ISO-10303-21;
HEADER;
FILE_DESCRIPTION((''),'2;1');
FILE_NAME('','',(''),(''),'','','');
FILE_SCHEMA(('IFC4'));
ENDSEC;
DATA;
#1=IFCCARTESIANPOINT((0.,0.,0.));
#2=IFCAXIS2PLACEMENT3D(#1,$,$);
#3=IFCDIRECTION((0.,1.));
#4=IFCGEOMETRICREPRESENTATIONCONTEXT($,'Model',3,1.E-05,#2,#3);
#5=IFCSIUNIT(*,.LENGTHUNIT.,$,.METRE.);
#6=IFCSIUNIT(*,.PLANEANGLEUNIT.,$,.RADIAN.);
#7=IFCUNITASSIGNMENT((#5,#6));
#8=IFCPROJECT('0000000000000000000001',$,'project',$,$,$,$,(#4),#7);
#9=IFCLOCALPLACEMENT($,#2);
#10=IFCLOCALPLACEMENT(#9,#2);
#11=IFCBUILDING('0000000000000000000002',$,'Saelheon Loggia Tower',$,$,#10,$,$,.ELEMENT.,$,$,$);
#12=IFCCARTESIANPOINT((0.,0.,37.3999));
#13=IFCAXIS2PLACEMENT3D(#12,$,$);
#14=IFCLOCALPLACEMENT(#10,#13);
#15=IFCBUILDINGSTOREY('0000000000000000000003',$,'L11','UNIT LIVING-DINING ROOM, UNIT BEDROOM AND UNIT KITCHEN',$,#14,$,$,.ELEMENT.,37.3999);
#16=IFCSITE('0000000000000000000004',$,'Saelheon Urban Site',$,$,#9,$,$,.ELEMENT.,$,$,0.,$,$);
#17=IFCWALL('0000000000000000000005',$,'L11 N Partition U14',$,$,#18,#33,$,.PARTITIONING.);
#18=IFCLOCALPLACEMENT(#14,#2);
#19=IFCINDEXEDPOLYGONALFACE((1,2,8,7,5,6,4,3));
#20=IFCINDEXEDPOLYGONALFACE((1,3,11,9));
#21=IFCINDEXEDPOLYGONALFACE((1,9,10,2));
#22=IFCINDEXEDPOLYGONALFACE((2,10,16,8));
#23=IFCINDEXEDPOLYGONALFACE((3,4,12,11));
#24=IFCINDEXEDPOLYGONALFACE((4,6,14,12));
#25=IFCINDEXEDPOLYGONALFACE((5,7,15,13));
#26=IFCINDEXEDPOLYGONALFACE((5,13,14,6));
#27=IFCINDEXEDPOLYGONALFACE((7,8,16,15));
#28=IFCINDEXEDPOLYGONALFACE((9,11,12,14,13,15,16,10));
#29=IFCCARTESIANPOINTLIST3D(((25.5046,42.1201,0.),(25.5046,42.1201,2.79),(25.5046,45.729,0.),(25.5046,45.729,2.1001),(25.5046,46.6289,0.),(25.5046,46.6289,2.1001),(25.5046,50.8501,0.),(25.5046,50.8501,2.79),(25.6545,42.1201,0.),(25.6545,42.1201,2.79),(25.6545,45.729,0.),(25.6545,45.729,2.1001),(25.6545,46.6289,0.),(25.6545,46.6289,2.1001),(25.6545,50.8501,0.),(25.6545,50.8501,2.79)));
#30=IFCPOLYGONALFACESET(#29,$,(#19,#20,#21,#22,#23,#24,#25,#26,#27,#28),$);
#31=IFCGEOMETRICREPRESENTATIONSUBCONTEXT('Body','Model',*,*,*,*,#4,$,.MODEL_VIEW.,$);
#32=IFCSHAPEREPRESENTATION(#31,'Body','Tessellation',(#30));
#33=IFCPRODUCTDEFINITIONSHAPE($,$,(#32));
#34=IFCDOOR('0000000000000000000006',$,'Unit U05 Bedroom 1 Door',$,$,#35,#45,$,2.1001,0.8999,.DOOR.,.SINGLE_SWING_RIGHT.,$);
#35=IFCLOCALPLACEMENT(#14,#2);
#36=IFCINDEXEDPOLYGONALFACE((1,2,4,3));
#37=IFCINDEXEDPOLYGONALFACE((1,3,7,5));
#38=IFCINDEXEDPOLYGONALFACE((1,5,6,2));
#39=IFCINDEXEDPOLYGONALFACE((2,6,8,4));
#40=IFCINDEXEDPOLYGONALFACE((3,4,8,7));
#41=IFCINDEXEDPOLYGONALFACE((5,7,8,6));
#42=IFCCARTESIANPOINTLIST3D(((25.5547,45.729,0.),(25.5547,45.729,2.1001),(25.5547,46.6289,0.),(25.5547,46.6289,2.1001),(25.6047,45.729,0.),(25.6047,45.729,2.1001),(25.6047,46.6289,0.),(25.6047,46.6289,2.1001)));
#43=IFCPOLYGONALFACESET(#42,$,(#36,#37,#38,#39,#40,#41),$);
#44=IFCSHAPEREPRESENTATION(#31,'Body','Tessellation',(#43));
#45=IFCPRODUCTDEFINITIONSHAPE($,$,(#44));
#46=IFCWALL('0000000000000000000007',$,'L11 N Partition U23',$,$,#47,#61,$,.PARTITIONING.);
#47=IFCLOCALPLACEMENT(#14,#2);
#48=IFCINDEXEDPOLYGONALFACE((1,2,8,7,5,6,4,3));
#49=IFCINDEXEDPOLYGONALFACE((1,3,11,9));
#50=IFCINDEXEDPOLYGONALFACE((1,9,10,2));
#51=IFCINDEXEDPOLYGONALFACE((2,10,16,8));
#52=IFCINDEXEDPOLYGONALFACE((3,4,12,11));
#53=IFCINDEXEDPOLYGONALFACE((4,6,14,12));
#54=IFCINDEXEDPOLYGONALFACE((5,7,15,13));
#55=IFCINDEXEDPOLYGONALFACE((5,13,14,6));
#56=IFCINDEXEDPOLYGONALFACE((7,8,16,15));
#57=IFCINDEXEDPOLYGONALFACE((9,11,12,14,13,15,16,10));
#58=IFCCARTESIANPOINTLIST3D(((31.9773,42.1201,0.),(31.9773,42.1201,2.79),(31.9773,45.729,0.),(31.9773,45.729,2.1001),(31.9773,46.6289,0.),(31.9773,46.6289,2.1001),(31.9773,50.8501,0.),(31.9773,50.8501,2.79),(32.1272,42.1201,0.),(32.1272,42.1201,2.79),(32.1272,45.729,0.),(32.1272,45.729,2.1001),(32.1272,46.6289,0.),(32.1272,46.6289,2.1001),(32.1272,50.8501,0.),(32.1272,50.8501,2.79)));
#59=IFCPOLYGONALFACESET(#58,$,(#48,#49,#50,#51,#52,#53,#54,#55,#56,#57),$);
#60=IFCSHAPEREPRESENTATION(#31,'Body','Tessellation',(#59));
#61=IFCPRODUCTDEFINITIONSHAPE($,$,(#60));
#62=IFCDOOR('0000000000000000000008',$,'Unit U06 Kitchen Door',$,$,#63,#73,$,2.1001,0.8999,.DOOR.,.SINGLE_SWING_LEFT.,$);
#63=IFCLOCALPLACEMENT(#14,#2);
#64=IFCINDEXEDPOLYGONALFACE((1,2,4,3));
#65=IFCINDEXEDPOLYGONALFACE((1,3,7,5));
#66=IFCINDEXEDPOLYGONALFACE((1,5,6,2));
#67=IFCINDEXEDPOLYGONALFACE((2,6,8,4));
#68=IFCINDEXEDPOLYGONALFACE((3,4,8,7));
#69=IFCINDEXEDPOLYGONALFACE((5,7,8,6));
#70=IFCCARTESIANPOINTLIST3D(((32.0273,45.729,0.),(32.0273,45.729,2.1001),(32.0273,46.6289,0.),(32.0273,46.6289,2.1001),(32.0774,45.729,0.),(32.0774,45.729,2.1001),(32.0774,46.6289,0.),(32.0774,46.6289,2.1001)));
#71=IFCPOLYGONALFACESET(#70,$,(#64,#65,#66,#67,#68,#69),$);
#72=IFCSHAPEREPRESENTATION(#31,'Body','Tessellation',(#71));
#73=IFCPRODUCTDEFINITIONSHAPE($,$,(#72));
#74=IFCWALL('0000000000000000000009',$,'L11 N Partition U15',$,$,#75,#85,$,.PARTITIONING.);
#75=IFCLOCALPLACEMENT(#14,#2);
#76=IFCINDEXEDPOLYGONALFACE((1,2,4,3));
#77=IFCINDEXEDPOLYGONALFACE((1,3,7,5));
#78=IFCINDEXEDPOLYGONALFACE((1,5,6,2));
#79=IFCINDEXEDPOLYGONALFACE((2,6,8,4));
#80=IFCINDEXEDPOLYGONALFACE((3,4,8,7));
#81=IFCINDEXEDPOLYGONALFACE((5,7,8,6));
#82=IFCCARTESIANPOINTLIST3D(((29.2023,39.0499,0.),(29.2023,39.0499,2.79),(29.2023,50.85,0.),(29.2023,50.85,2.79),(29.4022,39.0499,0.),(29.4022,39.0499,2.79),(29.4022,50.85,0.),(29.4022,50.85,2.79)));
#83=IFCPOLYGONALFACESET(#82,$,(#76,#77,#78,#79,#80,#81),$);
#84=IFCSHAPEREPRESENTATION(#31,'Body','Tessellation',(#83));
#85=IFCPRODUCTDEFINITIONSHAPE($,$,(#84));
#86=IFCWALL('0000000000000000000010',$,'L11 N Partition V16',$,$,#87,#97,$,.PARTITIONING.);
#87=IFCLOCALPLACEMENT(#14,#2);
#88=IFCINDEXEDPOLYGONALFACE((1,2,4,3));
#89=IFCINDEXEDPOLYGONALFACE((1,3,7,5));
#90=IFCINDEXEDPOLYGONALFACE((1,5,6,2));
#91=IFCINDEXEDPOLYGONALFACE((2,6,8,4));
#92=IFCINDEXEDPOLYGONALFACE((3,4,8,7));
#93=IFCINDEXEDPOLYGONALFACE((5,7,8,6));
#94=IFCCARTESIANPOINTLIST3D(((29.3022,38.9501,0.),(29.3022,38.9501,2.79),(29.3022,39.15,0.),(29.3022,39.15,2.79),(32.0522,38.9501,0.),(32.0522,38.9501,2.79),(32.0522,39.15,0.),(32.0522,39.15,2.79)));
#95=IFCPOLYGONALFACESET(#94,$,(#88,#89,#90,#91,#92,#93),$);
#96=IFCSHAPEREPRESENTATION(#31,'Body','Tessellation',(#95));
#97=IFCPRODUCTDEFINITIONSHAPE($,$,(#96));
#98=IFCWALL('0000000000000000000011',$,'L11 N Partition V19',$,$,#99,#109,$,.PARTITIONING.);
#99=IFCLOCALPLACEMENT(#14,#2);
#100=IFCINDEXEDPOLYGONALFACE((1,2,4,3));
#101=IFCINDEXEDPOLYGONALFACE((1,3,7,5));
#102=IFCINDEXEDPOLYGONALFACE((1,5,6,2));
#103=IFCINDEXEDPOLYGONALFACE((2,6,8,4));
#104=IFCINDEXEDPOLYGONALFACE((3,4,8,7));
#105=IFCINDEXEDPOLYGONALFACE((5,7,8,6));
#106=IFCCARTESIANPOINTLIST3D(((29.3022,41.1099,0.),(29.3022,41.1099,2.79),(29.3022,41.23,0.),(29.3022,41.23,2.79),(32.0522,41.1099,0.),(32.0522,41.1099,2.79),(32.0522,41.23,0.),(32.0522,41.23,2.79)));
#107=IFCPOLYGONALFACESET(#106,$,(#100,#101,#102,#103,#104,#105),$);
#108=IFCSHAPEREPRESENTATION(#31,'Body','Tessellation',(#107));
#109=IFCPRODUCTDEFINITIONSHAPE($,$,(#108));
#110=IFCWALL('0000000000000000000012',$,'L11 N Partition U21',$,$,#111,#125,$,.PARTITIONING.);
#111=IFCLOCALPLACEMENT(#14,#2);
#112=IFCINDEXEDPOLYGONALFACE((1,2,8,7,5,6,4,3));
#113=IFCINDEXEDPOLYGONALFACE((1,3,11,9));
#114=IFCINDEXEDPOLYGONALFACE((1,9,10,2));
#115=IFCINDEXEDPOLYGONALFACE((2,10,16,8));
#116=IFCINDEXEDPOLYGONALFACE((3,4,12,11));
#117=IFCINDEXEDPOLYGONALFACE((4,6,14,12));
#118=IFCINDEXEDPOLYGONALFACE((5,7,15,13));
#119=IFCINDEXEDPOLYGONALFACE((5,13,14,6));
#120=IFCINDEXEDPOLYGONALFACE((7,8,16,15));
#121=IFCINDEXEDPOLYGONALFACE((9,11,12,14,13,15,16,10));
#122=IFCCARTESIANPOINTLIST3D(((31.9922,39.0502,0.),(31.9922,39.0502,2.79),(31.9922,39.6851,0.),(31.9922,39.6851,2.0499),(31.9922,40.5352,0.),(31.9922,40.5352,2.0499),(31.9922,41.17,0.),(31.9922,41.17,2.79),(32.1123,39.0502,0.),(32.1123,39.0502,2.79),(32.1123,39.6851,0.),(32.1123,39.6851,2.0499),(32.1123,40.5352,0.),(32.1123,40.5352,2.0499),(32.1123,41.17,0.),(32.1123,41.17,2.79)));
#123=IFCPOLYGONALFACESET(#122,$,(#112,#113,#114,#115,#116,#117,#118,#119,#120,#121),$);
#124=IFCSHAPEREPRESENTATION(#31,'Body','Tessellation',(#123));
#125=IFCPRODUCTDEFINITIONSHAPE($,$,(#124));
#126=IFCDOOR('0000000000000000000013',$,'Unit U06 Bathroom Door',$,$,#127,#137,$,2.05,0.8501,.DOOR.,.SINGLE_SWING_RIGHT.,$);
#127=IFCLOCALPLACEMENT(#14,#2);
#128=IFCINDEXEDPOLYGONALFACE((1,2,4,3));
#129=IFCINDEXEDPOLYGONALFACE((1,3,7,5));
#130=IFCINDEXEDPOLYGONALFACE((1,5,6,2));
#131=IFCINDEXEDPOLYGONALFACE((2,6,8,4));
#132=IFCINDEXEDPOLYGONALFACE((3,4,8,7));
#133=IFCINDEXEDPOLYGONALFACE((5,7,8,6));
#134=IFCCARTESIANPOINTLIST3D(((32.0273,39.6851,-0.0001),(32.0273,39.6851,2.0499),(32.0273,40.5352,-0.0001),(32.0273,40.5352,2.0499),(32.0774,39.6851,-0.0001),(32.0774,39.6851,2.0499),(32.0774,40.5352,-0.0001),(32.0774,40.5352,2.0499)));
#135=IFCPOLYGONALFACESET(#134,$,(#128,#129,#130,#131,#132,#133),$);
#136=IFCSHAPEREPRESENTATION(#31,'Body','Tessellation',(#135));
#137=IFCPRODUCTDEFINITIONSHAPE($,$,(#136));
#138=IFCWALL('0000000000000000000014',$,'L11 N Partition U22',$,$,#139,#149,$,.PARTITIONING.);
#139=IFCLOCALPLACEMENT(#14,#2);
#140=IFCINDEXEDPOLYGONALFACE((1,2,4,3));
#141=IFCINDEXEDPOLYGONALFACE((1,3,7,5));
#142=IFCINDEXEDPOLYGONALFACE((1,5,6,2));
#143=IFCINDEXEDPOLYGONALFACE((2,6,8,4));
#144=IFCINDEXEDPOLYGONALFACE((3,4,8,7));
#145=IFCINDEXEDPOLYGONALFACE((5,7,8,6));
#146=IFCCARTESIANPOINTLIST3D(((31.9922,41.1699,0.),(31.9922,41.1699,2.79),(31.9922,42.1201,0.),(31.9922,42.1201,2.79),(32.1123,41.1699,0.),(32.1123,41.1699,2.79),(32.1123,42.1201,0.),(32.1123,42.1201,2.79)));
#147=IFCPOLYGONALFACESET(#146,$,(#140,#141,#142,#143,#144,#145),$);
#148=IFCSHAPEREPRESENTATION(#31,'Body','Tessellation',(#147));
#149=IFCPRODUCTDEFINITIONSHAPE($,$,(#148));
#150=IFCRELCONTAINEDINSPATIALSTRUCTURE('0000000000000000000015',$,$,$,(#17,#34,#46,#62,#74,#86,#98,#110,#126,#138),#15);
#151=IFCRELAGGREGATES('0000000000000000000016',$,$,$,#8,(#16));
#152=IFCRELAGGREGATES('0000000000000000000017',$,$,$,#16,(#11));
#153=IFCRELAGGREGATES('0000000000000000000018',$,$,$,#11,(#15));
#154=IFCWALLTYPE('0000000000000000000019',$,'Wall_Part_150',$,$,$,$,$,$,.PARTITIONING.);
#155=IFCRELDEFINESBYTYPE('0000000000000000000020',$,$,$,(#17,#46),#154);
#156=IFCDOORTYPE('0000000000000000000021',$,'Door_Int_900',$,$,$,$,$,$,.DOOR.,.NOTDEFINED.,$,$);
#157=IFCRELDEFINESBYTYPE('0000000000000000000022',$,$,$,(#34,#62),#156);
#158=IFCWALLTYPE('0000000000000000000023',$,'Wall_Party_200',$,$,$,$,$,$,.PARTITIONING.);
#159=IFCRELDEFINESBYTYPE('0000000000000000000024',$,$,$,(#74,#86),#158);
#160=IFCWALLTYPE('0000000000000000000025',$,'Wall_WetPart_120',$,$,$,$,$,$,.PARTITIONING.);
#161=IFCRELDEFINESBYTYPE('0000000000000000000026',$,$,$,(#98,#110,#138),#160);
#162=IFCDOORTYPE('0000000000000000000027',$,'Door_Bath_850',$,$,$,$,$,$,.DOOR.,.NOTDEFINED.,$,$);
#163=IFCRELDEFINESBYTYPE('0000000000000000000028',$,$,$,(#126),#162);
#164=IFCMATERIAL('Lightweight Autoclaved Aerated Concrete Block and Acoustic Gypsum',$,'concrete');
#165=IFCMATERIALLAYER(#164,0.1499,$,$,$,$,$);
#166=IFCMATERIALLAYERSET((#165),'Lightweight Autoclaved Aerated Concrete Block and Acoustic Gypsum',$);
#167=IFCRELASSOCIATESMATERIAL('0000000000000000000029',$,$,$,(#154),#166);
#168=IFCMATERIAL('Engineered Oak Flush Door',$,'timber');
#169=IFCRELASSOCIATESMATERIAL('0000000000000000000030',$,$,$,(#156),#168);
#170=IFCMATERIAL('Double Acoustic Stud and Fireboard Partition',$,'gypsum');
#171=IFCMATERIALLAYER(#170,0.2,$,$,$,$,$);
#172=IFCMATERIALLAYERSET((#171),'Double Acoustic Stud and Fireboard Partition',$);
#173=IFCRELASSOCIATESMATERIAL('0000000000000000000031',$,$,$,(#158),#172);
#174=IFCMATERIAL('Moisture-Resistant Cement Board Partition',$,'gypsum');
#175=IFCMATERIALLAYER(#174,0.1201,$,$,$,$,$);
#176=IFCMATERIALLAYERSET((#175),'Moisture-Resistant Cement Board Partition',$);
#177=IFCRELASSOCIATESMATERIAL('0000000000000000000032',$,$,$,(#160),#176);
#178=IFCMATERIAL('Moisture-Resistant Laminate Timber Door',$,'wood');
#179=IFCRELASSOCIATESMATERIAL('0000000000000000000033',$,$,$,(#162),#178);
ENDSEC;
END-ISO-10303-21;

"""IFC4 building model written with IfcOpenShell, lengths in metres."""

from ifc_helpers import new_model, si_unit, direction, frame, frame_2d, origin, place, context, subcontext, project, spatial, rectangle, extrude, source, transform, mapped, material, layer, layer_set, type_object, element, fill, save


model = new_model("IFC4")

# Units and contexts
model_context = context("Model", 3, precision=1e-05, world=origin(), true_north=direction((0.0, 1.0)))
body_context = subcontext(model_context, "Body", "Model", "MODEL_VIEW")
ifc_project = project(units=[si_unit("LENGTHUNIT", "METRE"), si_unit("PLANEANGLEUNIT", "RADIAN")], contexts=[model_context])

# Site, building, storey
site_placement = place(None, origin())
site = spatial("IfcSite", under=ifc_project, at=site_placement, Name="Saelheon Urban Site", CompositionType="ELEMENT", RefElevation=0.0)
building_placement = place(site_placement, origin())
building = spatial("IfcBuilding", under=site, at=building_placement, Name="Saelheon Loggia Tower", CompositionType="ELEMENT")
storey_placement = place(building_placement, frame((0.0, 0.0, 37.3999)))
storey = spatial("IfcBuildingStorey", under=building, at=storey_placement, Name="L11", Description="UNIT LIVING-DINING ROOM, UNIT BEDROOM AND UNIT KITCHEN", CompositionType="ELEMENT", Elevation=37.3999)

# Shared definitions
ifc_material_1 = material(Name="Lightweight Autoclaved Aerated Concrete Block and Acoustic Gypsum", Category="concrete")
ifc_layer_1 = layer(ifc_material_1, 0.1499)
ifc_layer_set_1 = layer_set([ifc_layer_1], Name="Lightweight Autoclaved Aerated Concrete Block and Acoustic Gypsum")
wall_type_1 = type_object("IfcWallType", Name="Wall_Part_150", PredefinedType="PARTITIONING", material=ifc_layer_set_1)

# Walls, openings, doors
ifc_material_2 = material(Name="Engineered Oak Flush Door", Category="timber")
door_type_1 = type_object("IfcDoorType", Name="Door_Int_900", OperationType="NOTDEFINED", PredefinedType="DOOR", material=ifc_material_2)
shared_shape_1 = source(origin(), body_context, "Body", "SweptSolid", [
    extrude(rectangle(XDim=0.8999, YDim=2.1001, at=frame_2d((0.45, 1.05))), frame((0.0, 0.0249, 0.0), z_axis=(0.0, -1.0, 0.0), x_axis=(1.0, 0.0, 0.0)), (0.0, 0.0, 1.0), 0.05),
])
wall_1_placement = place(storey_placement, frame((25.5796, 42.1201, 0.0), z_axis=(0.0, 0.0, 1.0), x_axis=(0.0, 1.0, 0.0)))
wall_1 = element("IfcWall", 1, at=wall_1_placement, inside=storey, type_object=wall_type_1, Name="L11 N Partition U14", PredefinedType="PARTITIONING", context=body_context, shape_type="SweptSolid", body=[
    extrude(rectangle(XDim=8.73, YDim=0.1499, at=frame_2d((4.365, 0.0))), origin(), (0.0, 0.0, 1.0), 2.79),
])
opening_1_placement = place(wall_1_placement, frame((3.6089, 0.0, 0.0)))
opening_1 = element("IfcOpeningElement", 2, at=opening_1_placement, cuts=wall_1, PredefinedType="OPENING", context=body_context, shape_type="SweptSolid", body=[
    extrude(rectangle(XDim=0.8999, YDim=2.1001, at=frame_2d((0.45, 1.05))), frame((0.0, 0.0869, 0.0), z_axis=(0.0, -1.0, 0.0), x_axis=(1.0, 0.0, 0.0)), (0.0, 0.0, 1.0), 0.1738),
])
door_1_placement = place(opening_1_placement, origin())
door_1 = element("IfcDoor", 3, at=door_1_placement, inside=storey, type_object=door_type_1, Name="Unit U05 Bedroom 1 Door", OperationType="SINGLE_SWING_RIGHT", OverallHeight=2.1001, OverallWidth=0.8999, PredefinedType="DOOR", context=body_context, shape_type="MappedRepresentation", body=[
    mapped(shared_shape_1, transform((0.0, 0.0, 0.0), scale=1.0)),
])
fill(opening_1, door_1)
wall_2_placement = place(storey_placement, frame((32.0522, 42.1201, 0.0), z_axis=(0.0, 0.0, 1.0), x_axis=(0.0, 1.0, 0.0)))
wall_2 = element("IfcWall", 4, at=wall_2_placement, inside=storey, type_object=wall_type_1, Name="L11 N Partition U23", PredefinedType="PARTITIONING", context=body_context, shape_type="SweptSolid", body=[
    extrude(rectangle(XDim=8.73, YDim=0.1499, at=frame_2d((4.365, 0.0))), origin(), (0.0, 0.0, 1.0), 2.79),
])
opening_2_placement = place(wall_2_placement, frame((3.6089, 0.0, 0.0)))
opening_2 = element("IfcOpeningElement", 5, at=opening_2_placement, cuts=wall_2, PredefinedType="OPENING", context=body_context, shape_type="SweptSolid", body=[
    extrude(rectangle(XDim=0.8999, YDim=2.1001, at=frame_2d((0.45, 1.05))), frame((0.0, 0.0869, 0.0), z_axis=(0.0, -1.0, 0.0), x_axis=(1.0, 0.0, 0.0)), (0.0, 0.0, 1.0), 0.1738),
])
door_2_placement = place(opening_2_placement, origin())
door_2 = element("IfcDoor", 6, at=door_2_placement, inside=storey, type_object=door_type_1, Name="Unit U06 Kitchen Door", OperationType="SINGLE_SWING_LEFT", OverallHeight=2.1001, OverallWidth=0.8999, PredefinedType="DOOR", context=body_context, shape_type="MappedRepresentation", body=[
    mapped(shared_shape_1, transform((0.0, 0.0, 0.0), scale=1.0)),
])
fill(opening_2, door_2)

# Walls
ifc_material_3 = material(Name="Double Acoustic Stud and Fireboard Partition", Category="gypsum")
ifc_layer_2 = layer(ifc_material_3, 0.2)
ifc_layer_set_2 = layer_set([ifc_layer_2], Name="Double Acoustic Stud and Fireboard Partition")
wall_type_2 = type_object("IfcWallType", Name="Wall_Party_200", PredefinedType="PARTITIONING", material=ifc_layer_set_2)
wall_3_placement = place(storey_placement, frame((29.3022, 39.05, 0.0), z_axis=(0.0, 0.0, 1.0), x_axis=(0.0, 1.0, 0.0)))
element("IfcWall", 7, at=wall_3_placement, inside=storey, type_object=wall_type_2, Name="L11 N Partition U15", PredefinedType="PARTITIONING", context=body_context, shape_type="SweptSolid", body=[
    extrude(rectangle(XDim=11.8, YDim=0.2, at=frame_2d((5.8999, 0.0))), origin(), (0.0, 0.0, 1.0), 2.79),
])
wall_4_placement = place(storey_placement, frame((29.3022, 39.05, 0.0), z_axis=(0.0, 0.0, 1.0), x_axis=(1.0, 0.0, 0.0)))
element("IfcWall", 8, at=wall_4_placement, inside=storey, type_object=wall_type_2, Name="L11 N Partition V16", PredefinedType="PARTITIONING", context=body_context, shape_type="SweptSolid", body=[
    extrude(rectangle(XDim=2.75, YDim=0.2, at=frame_2d((1.375, 0.0))), origin(), (0.0, 0.0, 1.0), 2.79),
])

# Wall
ifc_material_4 = material(Name="Moisture-Resistant Cement Board Partition", Category="gypsum")
ifc_layer_3 = layer(ifc_material_4, 0.1201)
ifc_layer_set_3 = layer_set([ifc_layer_3], Name="Moisture-Resistant Cement Board Partition")
wall_type_3 = type_object("IfcWallType", Name="Wall_WetPart_120", PredefinedType="PARTITIONING", material=ifc_layer_set_3)
wall_5_placement = place(storey_placement, frame((29.3022, 41.1699, 0.0), z_axis=(0.0, 0.0, 1.0), x_axis=(1.0, 0.0, 0.0)))
element("IfcWall", 9, at=wall_5_placement, inside=storey, type_object=wall_type_3, Name="L11 N Partition V19", PredefinedType="PARTITIONING", context=body_context, shape_type="SweptSolid", body=[
    extrude(rectangle(XDim=2.75, YDim=0.1201, at=frame_2d((1.375, 0.0))), origin(), (0.0, 0.0, 1.0), 2.79),
])

# Wall, opening, door
wall_6_placement = place(storey_placement, frame((32.0522, 39.05, 0.0), z_axis=(0.0, 0.0, 1.0), x_axis=(0.0, 1.0, 0.0)))
wall_6 = element("IfcWall", 10, at=wall_6_placement, inside=storey, type_object=wall_type_3, Name="L11 N Partition U21", PredefinedType="PARTITIONING", context=body_context, shape_type="SweptSolid", body=[
    extrude(rectangle(XDim=2.1199, YDim=0.1201, at=frame_2d((1.0601, 0.0))), origin(), (0.0, 0.0, 1.0), 2.79),
])
opening_3_placement = place(wall_6_placement, frame((0.635, 0.0, 0.0)))
opening_3 = element("IfcOpeningElement", 11, at=opening_3_placement, cuts=wall_6, PredefinedType="OPENING", context=body_context, shape_type="SweptSolid", body=[
    extrude(rectangle(XDim=0.8501, YDim=2.05, at=frame_2d((0.425, 1.0249))), frame((0.0, 0.072, 0.0), z_axis=(0.0, -1.0, 0.0), x_axis=(1.0, 0.0, 0.0)), (0.0, 0.0, 1.0), 0.144),
])
ifc_material_5 = material(Name="Moisture-Resistant Laminate Timber Door", Category="wood")
door_type_2 = type_object("IfcDoorType", Name="Door_Bath_850", OperationType="NOTDEFINED", PredefinedType="DOOR", material=ifc_material_5)
shared_shape_2 = source(origin(), body_context, "Body", "SweptSolid", [
    extrude(rectangle(XDim=0.8501, YDim=2.05, at=frame_2d((0.425, 1.0249))), frame((0.0, 0.0249, 0.0), z_axis=(0.0, -1.0, 0.0), x_axis=(1.0, 0.0, 0.0)), (0.0, 0.0, 1.0), 0.05),
])
door_3_placement = place(opening_3_placement, origin())
door_3 = element("IfcDoor", 12, at=door_3_placement, inside=storey, type_object=door_type_2, Name="Unit U06 Bathroom Door", OperationType="SINGLE_SWING_RIGHT", OverallHeight=2.05, OverallWidth=0.8501, PredefinedType="DOOR", context=body_context, shape_type="MappedRepresentation", body=[
    mapped(shared_shape_2, transform((0.0, 0.0, 0.0), scale=1.0)),
])
fill(opening_3, door_3)

# Wall
wall_7_placement = place(storey_placement, frame((32.0522, 41.1699, 0.0), z_axis=(0.0, 0.0, 1.0), x_axis=(0.0, 1.0, 0.0)))
element("IfcWall", 13, at=wall_7_placement, inside=storey, type_object=wall_type_3, Name="L11 N Partition U22", PredefinedType="PARTITIONING", context=body_context, shape_type="SweptSolid", body=[
    extrude(rectangle(XDim=0.9502, YDim=0.1201, at=frame_2d((0.4751, 0.0))), origin(), (0.0, 0.0, 1.0), 2.79),
])

save(model, "model.ifc")
